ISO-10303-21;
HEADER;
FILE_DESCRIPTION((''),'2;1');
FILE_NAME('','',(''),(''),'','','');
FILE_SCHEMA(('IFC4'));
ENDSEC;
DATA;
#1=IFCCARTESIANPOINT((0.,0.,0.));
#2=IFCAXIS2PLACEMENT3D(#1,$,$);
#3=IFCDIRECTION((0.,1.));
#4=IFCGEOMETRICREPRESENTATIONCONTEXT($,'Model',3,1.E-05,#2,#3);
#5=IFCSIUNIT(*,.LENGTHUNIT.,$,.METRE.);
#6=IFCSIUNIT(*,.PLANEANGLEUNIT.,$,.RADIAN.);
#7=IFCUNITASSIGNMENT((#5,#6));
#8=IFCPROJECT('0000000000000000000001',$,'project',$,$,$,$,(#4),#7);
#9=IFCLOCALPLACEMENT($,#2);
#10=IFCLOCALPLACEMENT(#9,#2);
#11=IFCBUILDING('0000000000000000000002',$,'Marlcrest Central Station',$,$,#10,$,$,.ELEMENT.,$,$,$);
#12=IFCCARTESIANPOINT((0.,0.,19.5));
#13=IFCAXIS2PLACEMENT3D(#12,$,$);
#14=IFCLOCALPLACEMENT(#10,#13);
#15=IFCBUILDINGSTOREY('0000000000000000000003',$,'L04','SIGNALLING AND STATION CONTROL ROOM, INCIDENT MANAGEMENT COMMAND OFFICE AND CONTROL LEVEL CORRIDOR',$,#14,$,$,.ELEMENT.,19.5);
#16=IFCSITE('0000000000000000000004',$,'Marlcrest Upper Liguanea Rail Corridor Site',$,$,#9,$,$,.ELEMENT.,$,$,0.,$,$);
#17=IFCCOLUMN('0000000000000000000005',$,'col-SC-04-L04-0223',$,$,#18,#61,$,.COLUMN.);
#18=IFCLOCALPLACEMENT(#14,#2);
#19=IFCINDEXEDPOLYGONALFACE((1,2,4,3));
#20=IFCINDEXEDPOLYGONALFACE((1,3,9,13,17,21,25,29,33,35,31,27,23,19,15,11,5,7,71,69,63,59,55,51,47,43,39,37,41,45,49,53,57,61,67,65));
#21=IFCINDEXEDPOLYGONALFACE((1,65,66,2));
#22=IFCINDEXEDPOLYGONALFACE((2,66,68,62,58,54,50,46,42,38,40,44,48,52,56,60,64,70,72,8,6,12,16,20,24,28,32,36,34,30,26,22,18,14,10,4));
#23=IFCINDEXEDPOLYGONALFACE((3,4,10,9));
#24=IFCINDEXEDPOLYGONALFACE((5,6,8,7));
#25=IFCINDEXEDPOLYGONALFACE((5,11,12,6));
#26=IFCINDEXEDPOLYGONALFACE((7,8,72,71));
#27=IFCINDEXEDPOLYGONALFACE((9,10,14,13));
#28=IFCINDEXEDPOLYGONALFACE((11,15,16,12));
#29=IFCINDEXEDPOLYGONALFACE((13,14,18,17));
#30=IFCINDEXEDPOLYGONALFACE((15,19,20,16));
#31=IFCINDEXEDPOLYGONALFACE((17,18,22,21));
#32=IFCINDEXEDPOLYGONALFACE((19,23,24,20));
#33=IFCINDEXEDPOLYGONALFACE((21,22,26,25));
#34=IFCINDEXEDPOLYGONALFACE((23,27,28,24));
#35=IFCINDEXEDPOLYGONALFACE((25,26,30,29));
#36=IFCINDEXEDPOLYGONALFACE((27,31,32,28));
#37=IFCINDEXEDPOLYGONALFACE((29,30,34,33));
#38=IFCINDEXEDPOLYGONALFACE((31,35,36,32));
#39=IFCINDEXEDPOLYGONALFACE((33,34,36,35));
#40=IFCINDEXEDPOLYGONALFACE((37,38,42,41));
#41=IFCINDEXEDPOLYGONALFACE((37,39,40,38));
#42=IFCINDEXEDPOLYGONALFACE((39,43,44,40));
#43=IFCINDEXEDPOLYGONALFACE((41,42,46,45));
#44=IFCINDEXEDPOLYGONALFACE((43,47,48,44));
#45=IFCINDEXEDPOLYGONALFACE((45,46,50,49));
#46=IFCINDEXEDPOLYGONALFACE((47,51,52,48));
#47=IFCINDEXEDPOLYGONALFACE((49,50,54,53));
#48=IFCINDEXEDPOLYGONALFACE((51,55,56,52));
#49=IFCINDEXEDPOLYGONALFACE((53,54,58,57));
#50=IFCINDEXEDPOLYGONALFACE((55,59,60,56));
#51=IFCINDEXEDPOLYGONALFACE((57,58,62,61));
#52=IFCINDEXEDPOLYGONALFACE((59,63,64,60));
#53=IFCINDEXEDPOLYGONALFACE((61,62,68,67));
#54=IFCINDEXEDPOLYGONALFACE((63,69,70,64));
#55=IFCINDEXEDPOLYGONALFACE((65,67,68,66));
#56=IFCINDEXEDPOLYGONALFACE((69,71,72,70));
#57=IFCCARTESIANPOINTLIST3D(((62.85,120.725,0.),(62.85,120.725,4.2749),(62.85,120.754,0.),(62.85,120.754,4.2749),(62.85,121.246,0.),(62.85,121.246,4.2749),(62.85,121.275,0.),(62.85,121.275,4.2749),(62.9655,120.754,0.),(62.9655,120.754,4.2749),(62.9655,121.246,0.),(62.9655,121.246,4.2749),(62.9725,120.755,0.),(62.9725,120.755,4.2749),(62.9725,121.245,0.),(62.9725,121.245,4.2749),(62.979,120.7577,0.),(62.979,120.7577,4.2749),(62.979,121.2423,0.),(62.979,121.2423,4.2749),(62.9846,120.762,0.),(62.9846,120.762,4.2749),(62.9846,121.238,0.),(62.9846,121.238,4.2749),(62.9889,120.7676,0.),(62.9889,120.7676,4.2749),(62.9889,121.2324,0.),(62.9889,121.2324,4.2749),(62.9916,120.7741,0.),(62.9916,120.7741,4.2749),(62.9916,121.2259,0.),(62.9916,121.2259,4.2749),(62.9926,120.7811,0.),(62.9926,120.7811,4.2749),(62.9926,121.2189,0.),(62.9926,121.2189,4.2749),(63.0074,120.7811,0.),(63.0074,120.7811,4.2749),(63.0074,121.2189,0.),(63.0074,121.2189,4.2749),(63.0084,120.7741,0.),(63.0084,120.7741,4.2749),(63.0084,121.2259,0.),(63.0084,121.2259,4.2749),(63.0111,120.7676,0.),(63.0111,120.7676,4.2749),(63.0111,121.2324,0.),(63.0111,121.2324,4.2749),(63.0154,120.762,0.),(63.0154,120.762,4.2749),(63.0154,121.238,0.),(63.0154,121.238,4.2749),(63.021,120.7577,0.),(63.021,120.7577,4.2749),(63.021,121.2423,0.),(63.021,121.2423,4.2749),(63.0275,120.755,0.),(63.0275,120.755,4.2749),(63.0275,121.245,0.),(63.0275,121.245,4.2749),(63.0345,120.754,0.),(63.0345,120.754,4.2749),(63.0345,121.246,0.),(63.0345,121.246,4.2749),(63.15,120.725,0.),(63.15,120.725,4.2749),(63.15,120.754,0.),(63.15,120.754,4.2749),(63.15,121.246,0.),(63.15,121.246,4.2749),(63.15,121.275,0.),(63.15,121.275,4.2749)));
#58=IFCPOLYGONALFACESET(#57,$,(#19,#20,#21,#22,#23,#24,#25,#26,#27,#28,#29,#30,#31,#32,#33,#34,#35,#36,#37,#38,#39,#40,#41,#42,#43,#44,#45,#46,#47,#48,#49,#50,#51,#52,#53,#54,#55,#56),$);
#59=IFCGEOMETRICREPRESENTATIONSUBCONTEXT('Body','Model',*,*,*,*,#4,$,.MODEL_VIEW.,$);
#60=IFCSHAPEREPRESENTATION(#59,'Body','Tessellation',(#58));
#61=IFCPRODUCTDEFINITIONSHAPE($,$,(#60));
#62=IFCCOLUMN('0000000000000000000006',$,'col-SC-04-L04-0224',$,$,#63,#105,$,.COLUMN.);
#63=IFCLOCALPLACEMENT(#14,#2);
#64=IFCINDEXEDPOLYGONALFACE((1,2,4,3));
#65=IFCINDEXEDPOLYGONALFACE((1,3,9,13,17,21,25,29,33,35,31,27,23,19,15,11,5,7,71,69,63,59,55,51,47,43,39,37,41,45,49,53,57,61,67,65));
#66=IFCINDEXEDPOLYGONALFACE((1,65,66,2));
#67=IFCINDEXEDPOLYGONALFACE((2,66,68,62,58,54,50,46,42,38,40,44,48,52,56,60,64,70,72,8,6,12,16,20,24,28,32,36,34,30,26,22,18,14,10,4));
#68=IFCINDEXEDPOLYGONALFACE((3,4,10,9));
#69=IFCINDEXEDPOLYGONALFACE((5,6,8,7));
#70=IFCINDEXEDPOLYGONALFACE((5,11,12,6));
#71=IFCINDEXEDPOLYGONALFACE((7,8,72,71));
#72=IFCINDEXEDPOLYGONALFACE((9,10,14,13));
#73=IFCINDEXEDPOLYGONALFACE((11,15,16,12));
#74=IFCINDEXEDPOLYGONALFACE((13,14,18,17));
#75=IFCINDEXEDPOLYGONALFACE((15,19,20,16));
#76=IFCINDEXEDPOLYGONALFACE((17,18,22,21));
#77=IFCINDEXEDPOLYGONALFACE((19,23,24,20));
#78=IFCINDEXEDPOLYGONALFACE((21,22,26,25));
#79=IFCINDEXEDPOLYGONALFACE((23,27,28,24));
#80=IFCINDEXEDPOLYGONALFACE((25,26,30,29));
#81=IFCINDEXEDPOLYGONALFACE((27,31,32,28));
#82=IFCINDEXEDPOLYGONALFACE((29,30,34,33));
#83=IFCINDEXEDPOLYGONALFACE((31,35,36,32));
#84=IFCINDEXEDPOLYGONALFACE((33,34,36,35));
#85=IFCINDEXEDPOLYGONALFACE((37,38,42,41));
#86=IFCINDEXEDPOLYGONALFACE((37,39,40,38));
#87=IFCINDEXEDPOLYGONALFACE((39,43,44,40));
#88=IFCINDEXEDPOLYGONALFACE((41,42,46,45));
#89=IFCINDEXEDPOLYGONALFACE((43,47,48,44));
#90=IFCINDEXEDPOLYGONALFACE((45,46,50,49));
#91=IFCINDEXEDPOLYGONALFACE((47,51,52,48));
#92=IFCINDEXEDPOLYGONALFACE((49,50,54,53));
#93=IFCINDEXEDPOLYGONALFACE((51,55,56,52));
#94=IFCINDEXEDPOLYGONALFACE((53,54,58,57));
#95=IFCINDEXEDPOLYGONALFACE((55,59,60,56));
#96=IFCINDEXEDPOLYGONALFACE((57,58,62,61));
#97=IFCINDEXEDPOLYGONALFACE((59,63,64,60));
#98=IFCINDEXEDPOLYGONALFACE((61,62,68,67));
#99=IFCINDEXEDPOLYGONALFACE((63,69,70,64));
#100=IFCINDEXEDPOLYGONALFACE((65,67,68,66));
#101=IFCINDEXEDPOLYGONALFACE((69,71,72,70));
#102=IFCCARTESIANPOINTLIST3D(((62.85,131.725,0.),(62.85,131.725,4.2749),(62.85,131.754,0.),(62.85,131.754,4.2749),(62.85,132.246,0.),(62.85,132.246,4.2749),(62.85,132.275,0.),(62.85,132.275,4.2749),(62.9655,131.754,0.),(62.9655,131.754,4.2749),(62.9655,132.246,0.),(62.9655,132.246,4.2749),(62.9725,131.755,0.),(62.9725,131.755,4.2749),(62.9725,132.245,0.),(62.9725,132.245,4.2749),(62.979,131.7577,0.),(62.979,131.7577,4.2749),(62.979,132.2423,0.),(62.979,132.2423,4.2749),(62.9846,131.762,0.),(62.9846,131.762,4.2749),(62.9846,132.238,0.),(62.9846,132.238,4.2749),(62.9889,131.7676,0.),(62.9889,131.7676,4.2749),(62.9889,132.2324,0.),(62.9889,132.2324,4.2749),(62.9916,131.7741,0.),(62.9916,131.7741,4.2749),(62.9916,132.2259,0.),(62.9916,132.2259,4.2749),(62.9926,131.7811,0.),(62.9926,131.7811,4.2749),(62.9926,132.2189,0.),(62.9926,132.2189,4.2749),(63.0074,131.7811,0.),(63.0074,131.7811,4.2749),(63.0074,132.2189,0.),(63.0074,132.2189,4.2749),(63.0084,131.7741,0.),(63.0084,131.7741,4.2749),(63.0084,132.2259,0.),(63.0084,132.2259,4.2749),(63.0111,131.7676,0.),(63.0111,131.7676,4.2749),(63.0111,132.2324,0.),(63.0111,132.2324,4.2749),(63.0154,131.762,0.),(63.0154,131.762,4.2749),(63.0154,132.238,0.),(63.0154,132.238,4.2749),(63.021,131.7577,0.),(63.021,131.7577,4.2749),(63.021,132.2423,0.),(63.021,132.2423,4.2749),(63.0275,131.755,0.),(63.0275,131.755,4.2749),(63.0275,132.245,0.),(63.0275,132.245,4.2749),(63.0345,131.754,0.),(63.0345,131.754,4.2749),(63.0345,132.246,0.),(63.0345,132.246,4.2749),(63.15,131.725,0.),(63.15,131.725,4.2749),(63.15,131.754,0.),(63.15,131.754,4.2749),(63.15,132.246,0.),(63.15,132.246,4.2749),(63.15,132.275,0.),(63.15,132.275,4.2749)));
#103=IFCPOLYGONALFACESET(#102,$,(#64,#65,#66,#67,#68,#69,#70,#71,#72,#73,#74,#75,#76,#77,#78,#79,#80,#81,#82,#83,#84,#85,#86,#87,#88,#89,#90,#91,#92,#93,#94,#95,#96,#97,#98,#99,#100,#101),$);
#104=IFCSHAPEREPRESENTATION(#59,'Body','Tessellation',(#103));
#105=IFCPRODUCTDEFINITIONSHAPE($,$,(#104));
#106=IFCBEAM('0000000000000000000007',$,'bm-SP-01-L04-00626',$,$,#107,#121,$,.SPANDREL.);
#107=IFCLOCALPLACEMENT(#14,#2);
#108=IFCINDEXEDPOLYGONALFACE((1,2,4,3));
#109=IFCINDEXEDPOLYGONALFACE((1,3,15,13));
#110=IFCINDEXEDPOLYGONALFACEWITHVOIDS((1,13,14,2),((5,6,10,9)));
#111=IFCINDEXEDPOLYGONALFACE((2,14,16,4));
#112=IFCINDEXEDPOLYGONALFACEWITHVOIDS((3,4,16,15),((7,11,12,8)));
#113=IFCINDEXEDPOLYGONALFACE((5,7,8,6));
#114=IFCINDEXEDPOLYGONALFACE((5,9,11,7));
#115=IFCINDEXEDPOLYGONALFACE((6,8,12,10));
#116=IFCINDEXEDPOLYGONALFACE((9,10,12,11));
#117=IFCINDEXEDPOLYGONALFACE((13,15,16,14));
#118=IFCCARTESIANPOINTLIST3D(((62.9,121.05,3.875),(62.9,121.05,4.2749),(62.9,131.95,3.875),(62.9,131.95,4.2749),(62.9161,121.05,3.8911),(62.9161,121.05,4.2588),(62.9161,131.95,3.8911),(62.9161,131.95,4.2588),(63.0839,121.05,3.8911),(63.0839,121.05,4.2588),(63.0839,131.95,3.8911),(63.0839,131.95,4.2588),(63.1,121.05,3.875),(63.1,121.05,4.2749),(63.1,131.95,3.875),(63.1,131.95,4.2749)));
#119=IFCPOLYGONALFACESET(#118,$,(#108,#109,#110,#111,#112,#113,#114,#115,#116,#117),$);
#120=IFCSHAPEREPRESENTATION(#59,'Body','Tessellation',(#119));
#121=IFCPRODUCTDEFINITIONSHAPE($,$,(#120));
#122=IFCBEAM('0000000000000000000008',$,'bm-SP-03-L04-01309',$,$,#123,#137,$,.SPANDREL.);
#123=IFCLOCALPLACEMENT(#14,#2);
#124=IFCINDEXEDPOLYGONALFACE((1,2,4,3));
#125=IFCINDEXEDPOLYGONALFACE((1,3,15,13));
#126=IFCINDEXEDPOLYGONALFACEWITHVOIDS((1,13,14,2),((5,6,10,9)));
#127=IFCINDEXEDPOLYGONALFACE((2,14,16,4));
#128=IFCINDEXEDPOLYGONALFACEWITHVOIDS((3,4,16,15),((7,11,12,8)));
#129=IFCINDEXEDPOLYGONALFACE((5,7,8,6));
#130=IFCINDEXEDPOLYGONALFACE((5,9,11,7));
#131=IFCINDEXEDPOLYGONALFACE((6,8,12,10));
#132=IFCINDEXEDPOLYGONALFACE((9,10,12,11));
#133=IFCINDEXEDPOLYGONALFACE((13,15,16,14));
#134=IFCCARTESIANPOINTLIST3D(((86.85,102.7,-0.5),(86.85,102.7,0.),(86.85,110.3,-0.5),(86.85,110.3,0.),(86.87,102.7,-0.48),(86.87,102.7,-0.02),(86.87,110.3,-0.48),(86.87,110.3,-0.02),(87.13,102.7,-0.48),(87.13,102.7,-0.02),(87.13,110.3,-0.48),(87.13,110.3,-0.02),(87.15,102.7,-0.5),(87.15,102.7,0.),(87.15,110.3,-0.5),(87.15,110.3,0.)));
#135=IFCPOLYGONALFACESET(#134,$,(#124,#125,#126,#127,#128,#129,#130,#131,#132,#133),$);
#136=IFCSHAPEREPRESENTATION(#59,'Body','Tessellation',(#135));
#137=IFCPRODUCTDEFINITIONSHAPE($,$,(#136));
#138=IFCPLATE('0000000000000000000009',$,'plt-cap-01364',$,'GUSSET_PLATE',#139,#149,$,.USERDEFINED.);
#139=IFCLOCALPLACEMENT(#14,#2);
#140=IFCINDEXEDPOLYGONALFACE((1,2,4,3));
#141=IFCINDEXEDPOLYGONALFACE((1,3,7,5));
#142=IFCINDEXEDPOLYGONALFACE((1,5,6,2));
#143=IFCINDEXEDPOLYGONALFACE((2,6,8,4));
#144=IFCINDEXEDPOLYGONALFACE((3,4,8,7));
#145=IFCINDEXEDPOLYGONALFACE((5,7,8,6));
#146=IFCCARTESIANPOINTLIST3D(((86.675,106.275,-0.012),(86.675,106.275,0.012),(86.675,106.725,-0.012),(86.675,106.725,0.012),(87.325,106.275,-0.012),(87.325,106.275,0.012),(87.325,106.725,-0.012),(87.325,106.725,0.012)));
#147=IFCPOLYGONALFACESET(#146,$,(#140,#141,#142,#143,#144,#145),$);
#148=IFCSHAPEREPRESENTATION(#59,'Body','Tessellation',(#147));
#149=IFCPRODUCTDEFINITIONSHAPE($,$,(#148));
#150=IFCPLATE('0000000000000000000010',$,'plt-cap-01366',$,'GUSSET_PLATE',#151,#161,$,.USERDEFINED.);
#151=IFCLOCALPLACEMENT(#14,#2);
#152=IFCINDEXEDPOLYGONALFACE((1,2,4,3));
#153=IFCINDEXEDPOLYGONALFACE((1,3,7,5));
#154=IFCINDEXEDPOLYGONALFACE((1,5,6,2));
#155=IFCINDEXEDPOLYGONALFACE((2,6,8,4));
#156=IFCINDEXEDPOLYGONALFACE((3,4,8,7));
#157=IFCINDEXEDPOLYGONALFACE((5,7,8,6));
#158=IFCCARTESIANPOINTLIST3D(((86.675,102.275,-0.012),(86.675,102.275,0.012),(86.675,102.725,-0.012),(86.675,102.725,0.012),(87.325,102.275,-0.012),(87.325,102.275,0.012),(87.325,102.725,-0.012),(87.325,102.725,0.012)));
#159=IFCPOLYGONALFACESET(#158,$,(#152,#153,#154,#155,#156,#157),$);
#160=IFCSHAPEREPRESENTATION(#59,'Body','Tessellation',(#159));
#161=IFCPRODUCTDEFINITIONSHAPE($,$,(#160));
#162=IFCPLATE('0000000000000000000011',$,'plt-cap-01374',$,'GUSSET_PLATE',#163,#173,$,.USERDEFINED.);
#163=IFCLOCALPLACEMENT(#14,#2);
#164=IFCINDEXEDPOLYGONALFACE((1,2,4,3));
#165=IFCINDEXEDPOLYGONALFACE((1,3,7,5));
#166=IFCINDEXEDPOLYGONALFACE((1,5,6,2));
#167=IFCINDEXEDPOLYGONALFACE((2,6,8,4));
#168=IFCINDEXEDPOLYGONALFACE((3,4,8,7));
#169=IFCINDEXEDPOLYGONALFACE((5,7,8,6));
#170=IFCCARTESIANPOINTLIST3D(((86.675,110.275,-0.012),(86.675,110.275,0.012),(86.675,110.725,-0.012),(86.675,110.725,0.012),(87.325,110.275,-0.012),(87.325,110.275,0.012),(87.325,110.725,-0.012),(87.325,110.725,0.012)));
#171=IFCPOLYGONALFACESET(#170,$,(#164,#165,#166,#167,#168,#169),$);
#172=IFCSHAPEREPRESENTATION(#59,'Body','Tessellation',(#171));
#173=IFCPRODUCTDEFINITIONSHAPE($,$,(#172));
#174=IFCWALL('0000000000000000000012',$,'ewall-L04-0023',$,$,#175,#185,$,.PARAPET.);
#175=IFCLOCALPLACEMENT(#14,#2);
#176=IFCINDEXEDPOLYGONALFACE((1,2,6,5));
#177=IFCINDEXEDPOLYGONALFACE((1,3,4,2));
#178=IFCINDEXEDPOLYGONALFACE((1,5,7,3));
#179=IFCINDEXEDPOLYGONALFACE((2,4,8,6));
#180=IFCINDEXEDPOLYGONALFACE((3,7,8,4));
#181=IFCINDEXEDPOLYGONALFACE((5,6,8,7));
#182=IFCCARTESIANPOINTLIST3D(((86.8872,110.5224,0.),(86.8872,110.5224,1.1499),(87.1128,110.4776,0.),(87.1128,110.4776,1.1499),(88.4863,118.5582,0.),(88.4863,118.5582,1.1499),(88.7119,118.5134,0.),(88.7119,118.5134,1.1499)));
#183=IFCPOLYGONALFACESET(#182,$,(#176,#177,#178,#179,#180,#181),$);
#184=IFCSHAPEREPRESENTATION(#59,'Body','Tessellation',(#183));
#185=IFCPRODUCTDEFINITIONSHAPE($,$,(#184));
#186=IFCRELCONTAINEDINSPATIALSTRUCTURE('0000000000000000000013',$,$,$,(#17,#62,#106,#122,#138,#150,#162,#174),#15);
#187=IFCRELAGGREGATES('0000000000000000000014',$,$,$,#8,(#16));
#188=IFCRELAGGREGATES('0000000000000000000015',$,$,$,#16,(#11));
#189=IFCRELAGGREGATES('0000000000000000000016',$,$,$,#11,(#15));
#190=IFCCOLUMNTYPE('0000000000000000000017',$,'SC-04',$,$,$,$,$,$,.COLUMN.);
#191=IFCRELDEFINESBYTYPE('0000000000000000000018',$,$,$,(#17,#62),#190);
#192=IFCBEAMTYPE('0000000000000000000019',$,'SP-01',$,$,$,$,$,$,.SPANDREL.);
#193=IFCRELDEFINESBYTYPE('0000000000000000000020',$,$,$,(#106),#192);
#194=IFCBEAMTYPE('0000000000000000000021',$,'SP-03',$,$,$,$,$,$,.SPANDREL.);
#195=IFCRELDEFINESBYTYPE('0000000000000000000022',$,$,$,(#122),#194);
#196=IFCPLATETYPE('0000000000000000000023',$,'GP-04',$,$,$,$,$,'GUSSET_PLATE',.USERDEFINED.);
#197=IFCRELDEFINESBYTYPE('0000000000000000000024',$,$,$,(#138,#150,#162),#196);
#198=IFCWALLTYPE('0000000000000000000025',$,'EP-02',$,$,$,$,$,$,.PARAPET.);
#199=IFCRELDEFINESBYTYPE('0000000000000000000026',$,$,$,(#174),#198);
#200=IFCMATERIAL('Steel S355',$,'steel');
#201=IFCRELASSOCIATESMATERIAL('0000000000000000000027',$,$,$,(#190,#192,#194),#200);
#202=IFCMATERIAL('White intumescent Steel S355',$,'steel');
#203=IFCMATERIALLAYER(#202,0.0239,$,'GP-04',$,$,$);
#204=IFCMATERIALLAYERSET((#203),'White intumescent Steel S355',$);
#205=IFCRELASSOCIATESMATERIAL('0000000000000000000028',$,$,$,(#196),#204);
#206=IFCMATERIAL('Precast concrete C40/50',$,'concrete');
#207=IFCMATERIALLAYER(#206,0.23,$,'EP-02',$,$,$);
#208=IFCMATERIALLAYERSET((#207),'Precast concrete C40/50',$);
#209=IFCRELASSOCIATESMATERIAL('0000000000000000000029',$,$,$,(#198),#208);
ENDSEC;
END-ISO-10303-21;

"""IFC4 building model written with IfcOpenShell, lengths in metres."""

from ifc_helpers import new_model, si_unit, direction, frame, frame_2d, origin, origin_2d, place, context, subcontext, project, spatial, rectangle, hollow_rectangle, i_section, extrude, material, layer, layer_set, material_profile, profile_set, type_object, element, save


model = new_model("IFC4")

# Units and contexts
model_context = context("Model", 3, precision=1e-05, world=origin(), true_north=direction((0.0, 1.0)))
body_context = subcontext(model_context, "Body", "Model", "MODEL_VIEW")
ifc_project = project(units=[si_unit("LENGTHUNIT", "METRE"), si_unit("PLANEANGLEUNIT", "RADIAN")], contexts=[model_context])

# Site, building, storey
site_placement = place(None, origin())
site = spatial("IfcSite", under=ifc_project, at=site_placement, Name="Marlcrest Upper Liguanea Rail Corridor Site", CompositionType="ELEMENT", RefElevation=0.0)
building_placement = place(site_placement, origin())
building = spatial("IfcBuilding", under=site, at=building_placement, Name="Marlcrest Central Station", CompositionType="ELEMENT")
storey_placement = place(building_placement, frame((0.0, 0.0, 19.5)))
storey = spatial("IfcBuildingStorey", under=building, at=storey_placement, Name="L04", Description="SIGNALLING AND STATION CONTROL ROOM, INCIDENT MANAGEMENT COMMAND OFFICE AND CONTROL LEVEL CORRIDOR", CompositionType="ELEMENT", Elevation=19.5)

# Columns
ifc_material_1 = material(Name="Steel S355", Category="steel")
ifc_material_profile_1 = material_profile(ifc_material_1, i_section(OverallWidth=0.3, OverallDepth=0.55, WebThickness=0.0149, FlangeThickness=0.0291, FilletRadius=0.0271, at=origin_2d()), Name="HEB 550")
ifc_profile_set_1 = profile_set([ifc_material_profile_1], Name="Steel S355")
column_type = type_object("IfcColumnType", Name="SC-04", PredefinedType="COLUMN", material=ifc_profile_set_1)
for number, where, z_axis, x_axis, name in (
    (1, (63.0, 121.0, 0.0), (0.0, 0.0, 1.0), (1.0, 0.0, 0.0), "col-SC-04-L04-0223"),
    (2, (63.0, 132.0, 0.0), (0.0, 0.0, 1.0), (1.0, 0.0, 0.0), "col-SC-04-L04-0224"),
):
    element("IfcColumn", number, at=place(storey_placement, frame(where, z_axis=z_axis, x_axis=x_axis)), inside=storey, type_object=column_type, Name=name, PredefinedType="COLUMN", context=body_context, shape_type="SweptSolid", body=[
        extrude(i_section(OverallWidth=0.3, OverallDepth=0.55, WebThickness=0.0149, FlangeThickness=0.0291, FilletRadius=0.0271, at=origin_2d()), origin(), (0.0, 0.0, 1.0), 4.2749),
    ])

# Beams
ifc_material_profile_2 = material_profile(ifc_material_1, hollow_rectangle(XDim=0.2, YDim=0.3999, WallThickness=0.0161, at=origin_2d()), Name="RHS 400x200x16")
ifc_profile_set_2 = profile_set([ifc_material_profile_2], Name="Steel S355")
beam_type_1 = type_object("IfcBeamType", Name="SP-01", PredefinedType="SPANDREL", material=ifc_profile_set_2)
beam_1_placement = place(storey_placement, frame((63.0, 121.05, 4.075), z_axis=(0.0, 1.0, 0.0), x_axis=(-1.0, 0.0, 0.0)))
element("IfcBeam", 3, at=beam_1_placement, inside=storey, type_object=beam_type_1, Name="bm-SP-01-L04-00626", PredefinedType="SPANDREL", context=body_context, shape_type="SweptSolid", body=[
    extrude(hollow_rectangle(XDim=0.2, YDim=0.3999, WallThickness=0.0161, at=origin_2d()), origin(), (0.0, 0.0, 1.0), 10.8999),
])
ifc_material_profile_3 = material_profile(ifc_material_1, hollow_rectangle(XDim=0.3, YDim=0.5, WallThickness=0.02, at=origin_2d()), Name="RHS 500x300x20")
ifc_profile_set_3 = profile_set([ifc_material_profile_3], Name="Steel S355")
beam_type_2 = type_object("IfcBeamType", Name="SP-03", PredefinedType="SPANDREL", material=ifc_profile_set_3)
beam_2_placement = place(storey_placement, frame((87.0, 102.7, -0.25), z_axis=(0.0, 1.0, 0.0), x_axis=(-1.0, 0.0, 0.0)))
element("IfcBeam", 4, at=beam_2_placement, inside=storey, type_object=beam_type_2, Name="bm-SP-03-L04-01309", PredefinedType="SPANDREL", context=body_context, shape_type="SweptSolid", body=[
    extrude(hollow_rectangle(XDim=0.3, YDim=0.5, WallThickness=0.02, at=origin_2d()), origin(), (0.0, 0.0, 1.0), 7.6001),
])

# Plates
ifc_material_2 = material(Name="White intumescent Steel S355", Category="steel")
ifc_layer_1 = layer(ifc_material_2, 0.0239, Name="GP-04")
ifc_layer_set_1 = layer_set([ifc_layer_1], Name="White intumescent Steel S355")
plate_type = type_object("IfcPlateType", Name="GP-04", ElementType="GUSSET_PLATE", PredefinedType="USERDEFINED", material=ifc_layer_set_1)
for number, where, z_axis, x_axis, name in (
    (5, (87.0, 106.5, -0.012), (0.0, 0.0, 1.0), (1.0, 0.0, 0.0), "plt-cap-01364"),
    (6, (87.0, 102.5, -0.012), (0.0, 0.0, 1.0), (1.0, 0.0, 0.0), "plt-cap-01366"),
    (7, (87.0, 110.5, -0.012), (0.0, 0.0, 1.0), (1.0, 0.0, 0.0), "plt-cap-01374"),
):
    element("IfcPlate", number, at=place(storey_placement, frame(where, z_axis=z_axis, x_axis=x_axis)), inside=storey, type_object=plate_type, Name=name, ObjectType="GUSSET_PLATE", PredefinedType="USERDEFINED", context=body_context, shape_type="SweptSolid", body=[
        extrude(rectangle(XDim=0.6499, YDim=0.45, at=origin_2d()), origin(), (0.0, 0.0, 1.0), 0.0239),
    ])

# Wall
ifc_material_3 = material(Name="Precast concrete C40/50", Category="concrete")
ifc_layer_2 = layer(ifc_material_3, 0.23, Name="EP-02")
ifc_layer_set_2 = layer_set([ifc_layer_2], Name="Precast concrete C40/50")
wall_type_1 = type_object("IfcWallType", Name="EP-02", PredefinedType="PARAPET", material=ifc_layer_set_2)
wall_1_placement = place(storey_placement, frame((87.0, 110.5, 0.0), z_axis=(0.0, 0.0, 1.0), x_axis=(0.195171, 0.980769, 0.0)))
element("IfcWall", 8, at=wall_1_placement, inside=storey, type_object=wall_type_1, Name="ewall-L04-0023", PredefinedType="PARAPET", context=body_context, shape_type="SweptSolid", body=[
    extrude(rectangle(XDim=8.1934, YDim=0.23, at=frame_2d((4.0967, 0.0))), origin(), (0.0, 0.0, 1.0), 1.1499),
])

save(model, "model.ifc")
